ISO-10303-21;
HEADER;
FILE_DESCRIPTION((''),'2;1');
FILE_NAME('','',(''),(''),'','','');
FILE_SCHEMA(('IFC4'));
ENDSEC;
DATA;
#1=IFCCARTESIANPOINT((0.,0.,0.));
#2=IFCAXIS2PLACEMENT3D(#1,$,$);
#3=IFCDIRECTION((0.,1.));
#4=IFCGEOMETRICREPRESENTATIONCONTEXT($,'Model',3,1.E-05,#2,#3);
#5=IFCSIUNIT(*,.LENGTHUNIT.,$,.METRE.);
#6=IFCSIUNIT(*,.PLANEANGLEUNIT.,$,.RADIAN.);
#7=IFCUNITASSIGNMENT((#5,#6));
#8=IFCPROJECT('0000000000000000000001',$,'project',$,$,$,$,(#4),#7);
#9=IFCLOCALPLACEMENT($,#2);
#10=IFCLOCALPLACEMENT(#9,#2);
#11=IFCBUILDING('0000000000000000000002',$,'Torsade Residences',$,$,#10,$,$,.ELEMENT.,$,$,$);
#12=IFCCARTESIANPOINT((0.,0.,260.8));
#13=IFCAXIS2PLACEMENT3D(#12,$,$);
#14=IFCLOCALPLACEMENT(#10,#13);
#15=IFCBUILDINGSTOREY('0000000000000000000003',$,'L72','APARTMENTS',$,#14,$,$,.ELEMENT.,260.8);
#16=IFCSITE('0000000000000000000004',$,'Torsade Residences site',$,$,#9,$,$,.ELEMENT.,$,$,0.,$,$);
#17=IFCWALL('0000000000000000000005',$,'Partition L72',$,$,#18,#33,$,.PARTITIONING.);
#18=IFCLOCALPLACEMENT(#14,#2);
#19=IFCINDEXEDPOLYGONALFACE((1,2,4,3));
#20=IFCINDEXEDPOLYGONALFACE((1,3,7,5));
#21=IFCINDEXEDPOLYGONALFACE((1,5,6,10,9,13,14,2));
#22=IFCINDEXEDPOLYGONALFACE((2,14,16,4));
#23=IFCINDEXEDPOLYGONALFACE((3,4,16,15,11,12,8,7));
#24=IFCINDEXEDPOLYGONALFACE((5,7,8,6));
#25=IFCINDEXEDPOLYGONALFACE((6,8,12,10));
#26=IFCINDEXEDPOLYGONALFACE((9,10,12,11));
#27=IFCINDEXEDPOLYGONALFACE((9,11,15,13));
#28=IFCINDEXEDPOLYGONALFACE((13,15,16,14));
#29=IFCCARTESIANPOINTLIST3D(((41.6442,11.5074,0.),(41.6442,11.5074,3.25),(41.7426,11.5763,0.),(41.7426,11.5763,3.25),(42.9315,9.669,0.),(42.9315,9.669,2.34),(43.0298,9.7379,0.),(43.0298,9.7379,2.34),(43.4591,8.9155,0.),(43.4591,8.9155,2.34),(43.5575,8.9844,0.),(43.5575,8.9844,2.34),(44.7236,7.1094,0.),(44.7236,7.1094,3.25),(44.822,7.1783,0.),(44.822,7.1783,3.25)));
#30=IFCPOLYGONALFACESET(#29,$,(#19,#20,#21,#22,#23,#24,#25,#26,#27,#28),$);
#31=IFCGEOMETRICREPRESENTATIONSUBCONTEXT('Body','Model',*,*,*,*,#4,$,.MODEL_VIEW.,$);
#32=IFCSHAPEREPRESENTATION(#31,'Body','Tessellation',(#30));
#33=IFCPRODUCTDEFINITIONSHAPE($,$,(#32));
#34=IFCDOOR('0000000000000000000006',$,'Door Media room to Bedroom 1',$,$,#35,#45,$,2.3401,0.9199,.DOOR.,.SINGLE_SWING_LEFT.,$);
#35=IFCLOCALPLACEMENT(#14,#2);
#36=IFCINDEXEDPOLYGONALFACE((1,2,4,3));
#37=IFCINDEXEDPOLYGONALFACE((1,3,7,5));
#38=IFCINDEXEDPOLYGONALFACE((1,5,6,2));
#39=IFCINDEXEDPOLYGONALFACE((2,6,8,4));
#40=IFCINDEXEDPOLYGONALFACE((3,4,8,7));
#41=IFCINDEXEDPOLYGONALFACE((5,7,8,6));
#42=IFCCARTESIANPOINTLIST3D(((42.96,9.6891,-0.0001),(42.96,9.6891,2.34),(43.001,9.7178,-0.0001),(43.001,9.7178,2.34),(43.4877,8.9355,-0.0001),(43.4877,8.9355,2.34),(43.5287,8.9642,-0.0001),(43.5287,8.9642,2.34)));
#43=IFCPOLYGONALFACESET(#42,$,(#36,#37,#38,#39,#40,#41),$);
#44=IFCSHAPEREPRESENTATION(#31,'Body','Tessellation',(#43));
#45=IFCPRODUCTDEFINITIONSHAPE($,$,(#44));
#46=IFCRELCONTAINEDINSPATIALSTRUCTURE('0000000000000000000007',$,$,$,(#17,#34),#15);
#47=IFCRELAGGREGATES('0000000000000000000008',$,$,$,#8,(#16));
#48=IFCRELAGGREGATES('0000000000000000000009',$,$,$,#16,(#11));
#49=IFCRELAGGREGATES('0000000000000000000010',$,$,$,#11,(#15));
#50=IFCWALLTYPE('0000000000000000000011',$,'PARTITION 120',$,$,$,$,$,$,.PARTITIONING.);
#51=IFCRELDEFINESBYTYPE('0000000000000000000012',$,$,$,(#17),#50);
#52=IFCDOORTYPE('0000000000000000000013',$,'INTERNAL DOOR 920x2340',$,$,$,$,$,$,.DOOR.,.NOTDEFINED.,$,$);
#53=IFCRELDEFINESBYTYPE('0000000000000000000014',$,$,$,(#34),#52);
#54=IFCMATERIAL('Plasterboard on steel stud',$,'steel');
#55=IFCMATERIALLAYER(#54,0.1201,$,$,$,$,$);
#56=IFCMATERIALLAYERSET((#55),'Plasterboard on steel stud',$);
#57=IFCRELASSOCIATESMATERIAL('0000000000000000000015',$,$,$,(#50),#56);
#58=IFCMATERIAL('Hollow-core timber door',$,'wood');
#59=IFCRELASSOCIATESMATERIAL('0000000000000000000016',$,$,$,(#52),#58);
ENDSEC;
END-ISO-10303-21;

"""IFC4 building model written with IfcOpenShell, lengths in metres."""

from ifc_helpers import new_model, si_unit, direction, frame, frame_2d, origin, place, context, subcontext, project, spatial, rectangle, extrude, material, layer, layer_set, type_object, element, fill, save


model = new_model("IFC4")

# Units and contexts
model_context = context("Model", 3, precision=1e-05, world=origin(), true_north=direction((0.0, 1.0)))
body_context = subcontext(model_context, "Body", "Model", "MODEL_VIEW")
ifc_project = project(units=[si_unit("LENGTHUNIT", "METRE"), si_unit("PLANEANGLEUNIT", "RADIAN")], contexts=[model_context])

# Site, building, storey
site_placement = place(None, origin())
site = spatial("IfcSite", under=ifc_project, at=site_placement, Name="Torsade Residences site", CompositionType="ELEMENT", RefElevation=0.0)
building_placement = place(site_placement, origin())
building = spatial("IfcBuilding", under=site, at=building_placement, Name="Torsade Residences", CompositionType="ELEMENT")
storey_placement = place(building_placement, frame((0.0, 0.0, 260.8)))
storey = spatial("IfcBuildingStorey", under=building, at=storey_placement, Name="L72", Description="APARTMENTS", CompositionType="ELEMENT", Elevation=260.8)

# Shared definitions
ifc_material_1 = material(Name="Plasterboard on steel stud", Category="steel")
ifc_layer_1 = layer(ifc_material_1, 0.1201)
ifc_layer_set_1 = layer_set([ifc_layer_1], Name="Plasterboard on steel stud")
wall_type = type_object("IfcWallType", Name="PARTITION 120", PredefinedType="PARTITIONING", material=ifc_layer_set_1)

# Shared definitions
ifc_material_2 = material(Name="Hollow-core timber door", Category="wood")
door_type_1 = type_object("IfcDoorType", Name="INTERNAL DOOR 920x2340", OperationType="NOTDEFINED", PredefinedType="DOOR", material=ifc_material_2)

# Wall, opening, door
wall_1_placement = place(storey_placement, frame((41.6934, 11.542, 0.0), z_axis=(0.0, 0.0, 1.0), x_axis=(0.57356, -0.819164, 0.0)))
wall_1 = element("IfcWall", 1, at=wall_1_placement, inside=storey, type_object=wall_type, Name="Partition L72", PredefinedType="PARTITIONING", context=body_context, shape_type="SweptSolid", body=[
    extrude(rectangle(XDim=5.3689, YDim=0.1201, at=frame_2d((2.6846, 0.0))), origin(), (0.0, 0.0, 1.0), 3.25),
])
opening_1_placement = place(wall_1_placement, frame((2.2444, 0.0, 0.0)))
opening_1 = element("IfcOpeningElement", 2, at=opening_1_placement, cuts=wall_1, PredefinedType="OPENING", context=body_context, shape_type="SweptSolid", body=[
    extrude(rectangle(XDim=0.9199, YDim=2.3401, at=frame_2d((0.46, 1.1699))), frame((0.0, 0.0701, 0.0), z_axis=(0.0, -1.0, 0.0), x_axis=(1.0, 0.0, 0.0)), (0.0, 0.0, 1.0), 0.1401),
])
door_1_placement = place(opening_1_placement, origin())
door_1 = element("IfcDoor", 3, at=door_1_placement, inside=storey, type_object=door_type_1, Name="Door Media room to Bedroom 1", OperationType="SINGLE_SWING_LEFT", OverallHeight=2.3401, OverallWidth=0.9199, PredefinedType="DOOR", context=body_context, shape_type="SweptSolid", body=[
    extrude(rectangle(XDim=0.9199, YDim=2.3401, at=frame_2d((0.46, 1.1699))), frame((0.0, 0.0249, 0.0), z_axis=(0.0, -1.0, 0.0), x_axis=(1.0, 0.0, 0.0)), (0.0, 0.0, 1.0), 0.05),
])
fill(opening_1, door_1)

save(model, "model.ifc")
